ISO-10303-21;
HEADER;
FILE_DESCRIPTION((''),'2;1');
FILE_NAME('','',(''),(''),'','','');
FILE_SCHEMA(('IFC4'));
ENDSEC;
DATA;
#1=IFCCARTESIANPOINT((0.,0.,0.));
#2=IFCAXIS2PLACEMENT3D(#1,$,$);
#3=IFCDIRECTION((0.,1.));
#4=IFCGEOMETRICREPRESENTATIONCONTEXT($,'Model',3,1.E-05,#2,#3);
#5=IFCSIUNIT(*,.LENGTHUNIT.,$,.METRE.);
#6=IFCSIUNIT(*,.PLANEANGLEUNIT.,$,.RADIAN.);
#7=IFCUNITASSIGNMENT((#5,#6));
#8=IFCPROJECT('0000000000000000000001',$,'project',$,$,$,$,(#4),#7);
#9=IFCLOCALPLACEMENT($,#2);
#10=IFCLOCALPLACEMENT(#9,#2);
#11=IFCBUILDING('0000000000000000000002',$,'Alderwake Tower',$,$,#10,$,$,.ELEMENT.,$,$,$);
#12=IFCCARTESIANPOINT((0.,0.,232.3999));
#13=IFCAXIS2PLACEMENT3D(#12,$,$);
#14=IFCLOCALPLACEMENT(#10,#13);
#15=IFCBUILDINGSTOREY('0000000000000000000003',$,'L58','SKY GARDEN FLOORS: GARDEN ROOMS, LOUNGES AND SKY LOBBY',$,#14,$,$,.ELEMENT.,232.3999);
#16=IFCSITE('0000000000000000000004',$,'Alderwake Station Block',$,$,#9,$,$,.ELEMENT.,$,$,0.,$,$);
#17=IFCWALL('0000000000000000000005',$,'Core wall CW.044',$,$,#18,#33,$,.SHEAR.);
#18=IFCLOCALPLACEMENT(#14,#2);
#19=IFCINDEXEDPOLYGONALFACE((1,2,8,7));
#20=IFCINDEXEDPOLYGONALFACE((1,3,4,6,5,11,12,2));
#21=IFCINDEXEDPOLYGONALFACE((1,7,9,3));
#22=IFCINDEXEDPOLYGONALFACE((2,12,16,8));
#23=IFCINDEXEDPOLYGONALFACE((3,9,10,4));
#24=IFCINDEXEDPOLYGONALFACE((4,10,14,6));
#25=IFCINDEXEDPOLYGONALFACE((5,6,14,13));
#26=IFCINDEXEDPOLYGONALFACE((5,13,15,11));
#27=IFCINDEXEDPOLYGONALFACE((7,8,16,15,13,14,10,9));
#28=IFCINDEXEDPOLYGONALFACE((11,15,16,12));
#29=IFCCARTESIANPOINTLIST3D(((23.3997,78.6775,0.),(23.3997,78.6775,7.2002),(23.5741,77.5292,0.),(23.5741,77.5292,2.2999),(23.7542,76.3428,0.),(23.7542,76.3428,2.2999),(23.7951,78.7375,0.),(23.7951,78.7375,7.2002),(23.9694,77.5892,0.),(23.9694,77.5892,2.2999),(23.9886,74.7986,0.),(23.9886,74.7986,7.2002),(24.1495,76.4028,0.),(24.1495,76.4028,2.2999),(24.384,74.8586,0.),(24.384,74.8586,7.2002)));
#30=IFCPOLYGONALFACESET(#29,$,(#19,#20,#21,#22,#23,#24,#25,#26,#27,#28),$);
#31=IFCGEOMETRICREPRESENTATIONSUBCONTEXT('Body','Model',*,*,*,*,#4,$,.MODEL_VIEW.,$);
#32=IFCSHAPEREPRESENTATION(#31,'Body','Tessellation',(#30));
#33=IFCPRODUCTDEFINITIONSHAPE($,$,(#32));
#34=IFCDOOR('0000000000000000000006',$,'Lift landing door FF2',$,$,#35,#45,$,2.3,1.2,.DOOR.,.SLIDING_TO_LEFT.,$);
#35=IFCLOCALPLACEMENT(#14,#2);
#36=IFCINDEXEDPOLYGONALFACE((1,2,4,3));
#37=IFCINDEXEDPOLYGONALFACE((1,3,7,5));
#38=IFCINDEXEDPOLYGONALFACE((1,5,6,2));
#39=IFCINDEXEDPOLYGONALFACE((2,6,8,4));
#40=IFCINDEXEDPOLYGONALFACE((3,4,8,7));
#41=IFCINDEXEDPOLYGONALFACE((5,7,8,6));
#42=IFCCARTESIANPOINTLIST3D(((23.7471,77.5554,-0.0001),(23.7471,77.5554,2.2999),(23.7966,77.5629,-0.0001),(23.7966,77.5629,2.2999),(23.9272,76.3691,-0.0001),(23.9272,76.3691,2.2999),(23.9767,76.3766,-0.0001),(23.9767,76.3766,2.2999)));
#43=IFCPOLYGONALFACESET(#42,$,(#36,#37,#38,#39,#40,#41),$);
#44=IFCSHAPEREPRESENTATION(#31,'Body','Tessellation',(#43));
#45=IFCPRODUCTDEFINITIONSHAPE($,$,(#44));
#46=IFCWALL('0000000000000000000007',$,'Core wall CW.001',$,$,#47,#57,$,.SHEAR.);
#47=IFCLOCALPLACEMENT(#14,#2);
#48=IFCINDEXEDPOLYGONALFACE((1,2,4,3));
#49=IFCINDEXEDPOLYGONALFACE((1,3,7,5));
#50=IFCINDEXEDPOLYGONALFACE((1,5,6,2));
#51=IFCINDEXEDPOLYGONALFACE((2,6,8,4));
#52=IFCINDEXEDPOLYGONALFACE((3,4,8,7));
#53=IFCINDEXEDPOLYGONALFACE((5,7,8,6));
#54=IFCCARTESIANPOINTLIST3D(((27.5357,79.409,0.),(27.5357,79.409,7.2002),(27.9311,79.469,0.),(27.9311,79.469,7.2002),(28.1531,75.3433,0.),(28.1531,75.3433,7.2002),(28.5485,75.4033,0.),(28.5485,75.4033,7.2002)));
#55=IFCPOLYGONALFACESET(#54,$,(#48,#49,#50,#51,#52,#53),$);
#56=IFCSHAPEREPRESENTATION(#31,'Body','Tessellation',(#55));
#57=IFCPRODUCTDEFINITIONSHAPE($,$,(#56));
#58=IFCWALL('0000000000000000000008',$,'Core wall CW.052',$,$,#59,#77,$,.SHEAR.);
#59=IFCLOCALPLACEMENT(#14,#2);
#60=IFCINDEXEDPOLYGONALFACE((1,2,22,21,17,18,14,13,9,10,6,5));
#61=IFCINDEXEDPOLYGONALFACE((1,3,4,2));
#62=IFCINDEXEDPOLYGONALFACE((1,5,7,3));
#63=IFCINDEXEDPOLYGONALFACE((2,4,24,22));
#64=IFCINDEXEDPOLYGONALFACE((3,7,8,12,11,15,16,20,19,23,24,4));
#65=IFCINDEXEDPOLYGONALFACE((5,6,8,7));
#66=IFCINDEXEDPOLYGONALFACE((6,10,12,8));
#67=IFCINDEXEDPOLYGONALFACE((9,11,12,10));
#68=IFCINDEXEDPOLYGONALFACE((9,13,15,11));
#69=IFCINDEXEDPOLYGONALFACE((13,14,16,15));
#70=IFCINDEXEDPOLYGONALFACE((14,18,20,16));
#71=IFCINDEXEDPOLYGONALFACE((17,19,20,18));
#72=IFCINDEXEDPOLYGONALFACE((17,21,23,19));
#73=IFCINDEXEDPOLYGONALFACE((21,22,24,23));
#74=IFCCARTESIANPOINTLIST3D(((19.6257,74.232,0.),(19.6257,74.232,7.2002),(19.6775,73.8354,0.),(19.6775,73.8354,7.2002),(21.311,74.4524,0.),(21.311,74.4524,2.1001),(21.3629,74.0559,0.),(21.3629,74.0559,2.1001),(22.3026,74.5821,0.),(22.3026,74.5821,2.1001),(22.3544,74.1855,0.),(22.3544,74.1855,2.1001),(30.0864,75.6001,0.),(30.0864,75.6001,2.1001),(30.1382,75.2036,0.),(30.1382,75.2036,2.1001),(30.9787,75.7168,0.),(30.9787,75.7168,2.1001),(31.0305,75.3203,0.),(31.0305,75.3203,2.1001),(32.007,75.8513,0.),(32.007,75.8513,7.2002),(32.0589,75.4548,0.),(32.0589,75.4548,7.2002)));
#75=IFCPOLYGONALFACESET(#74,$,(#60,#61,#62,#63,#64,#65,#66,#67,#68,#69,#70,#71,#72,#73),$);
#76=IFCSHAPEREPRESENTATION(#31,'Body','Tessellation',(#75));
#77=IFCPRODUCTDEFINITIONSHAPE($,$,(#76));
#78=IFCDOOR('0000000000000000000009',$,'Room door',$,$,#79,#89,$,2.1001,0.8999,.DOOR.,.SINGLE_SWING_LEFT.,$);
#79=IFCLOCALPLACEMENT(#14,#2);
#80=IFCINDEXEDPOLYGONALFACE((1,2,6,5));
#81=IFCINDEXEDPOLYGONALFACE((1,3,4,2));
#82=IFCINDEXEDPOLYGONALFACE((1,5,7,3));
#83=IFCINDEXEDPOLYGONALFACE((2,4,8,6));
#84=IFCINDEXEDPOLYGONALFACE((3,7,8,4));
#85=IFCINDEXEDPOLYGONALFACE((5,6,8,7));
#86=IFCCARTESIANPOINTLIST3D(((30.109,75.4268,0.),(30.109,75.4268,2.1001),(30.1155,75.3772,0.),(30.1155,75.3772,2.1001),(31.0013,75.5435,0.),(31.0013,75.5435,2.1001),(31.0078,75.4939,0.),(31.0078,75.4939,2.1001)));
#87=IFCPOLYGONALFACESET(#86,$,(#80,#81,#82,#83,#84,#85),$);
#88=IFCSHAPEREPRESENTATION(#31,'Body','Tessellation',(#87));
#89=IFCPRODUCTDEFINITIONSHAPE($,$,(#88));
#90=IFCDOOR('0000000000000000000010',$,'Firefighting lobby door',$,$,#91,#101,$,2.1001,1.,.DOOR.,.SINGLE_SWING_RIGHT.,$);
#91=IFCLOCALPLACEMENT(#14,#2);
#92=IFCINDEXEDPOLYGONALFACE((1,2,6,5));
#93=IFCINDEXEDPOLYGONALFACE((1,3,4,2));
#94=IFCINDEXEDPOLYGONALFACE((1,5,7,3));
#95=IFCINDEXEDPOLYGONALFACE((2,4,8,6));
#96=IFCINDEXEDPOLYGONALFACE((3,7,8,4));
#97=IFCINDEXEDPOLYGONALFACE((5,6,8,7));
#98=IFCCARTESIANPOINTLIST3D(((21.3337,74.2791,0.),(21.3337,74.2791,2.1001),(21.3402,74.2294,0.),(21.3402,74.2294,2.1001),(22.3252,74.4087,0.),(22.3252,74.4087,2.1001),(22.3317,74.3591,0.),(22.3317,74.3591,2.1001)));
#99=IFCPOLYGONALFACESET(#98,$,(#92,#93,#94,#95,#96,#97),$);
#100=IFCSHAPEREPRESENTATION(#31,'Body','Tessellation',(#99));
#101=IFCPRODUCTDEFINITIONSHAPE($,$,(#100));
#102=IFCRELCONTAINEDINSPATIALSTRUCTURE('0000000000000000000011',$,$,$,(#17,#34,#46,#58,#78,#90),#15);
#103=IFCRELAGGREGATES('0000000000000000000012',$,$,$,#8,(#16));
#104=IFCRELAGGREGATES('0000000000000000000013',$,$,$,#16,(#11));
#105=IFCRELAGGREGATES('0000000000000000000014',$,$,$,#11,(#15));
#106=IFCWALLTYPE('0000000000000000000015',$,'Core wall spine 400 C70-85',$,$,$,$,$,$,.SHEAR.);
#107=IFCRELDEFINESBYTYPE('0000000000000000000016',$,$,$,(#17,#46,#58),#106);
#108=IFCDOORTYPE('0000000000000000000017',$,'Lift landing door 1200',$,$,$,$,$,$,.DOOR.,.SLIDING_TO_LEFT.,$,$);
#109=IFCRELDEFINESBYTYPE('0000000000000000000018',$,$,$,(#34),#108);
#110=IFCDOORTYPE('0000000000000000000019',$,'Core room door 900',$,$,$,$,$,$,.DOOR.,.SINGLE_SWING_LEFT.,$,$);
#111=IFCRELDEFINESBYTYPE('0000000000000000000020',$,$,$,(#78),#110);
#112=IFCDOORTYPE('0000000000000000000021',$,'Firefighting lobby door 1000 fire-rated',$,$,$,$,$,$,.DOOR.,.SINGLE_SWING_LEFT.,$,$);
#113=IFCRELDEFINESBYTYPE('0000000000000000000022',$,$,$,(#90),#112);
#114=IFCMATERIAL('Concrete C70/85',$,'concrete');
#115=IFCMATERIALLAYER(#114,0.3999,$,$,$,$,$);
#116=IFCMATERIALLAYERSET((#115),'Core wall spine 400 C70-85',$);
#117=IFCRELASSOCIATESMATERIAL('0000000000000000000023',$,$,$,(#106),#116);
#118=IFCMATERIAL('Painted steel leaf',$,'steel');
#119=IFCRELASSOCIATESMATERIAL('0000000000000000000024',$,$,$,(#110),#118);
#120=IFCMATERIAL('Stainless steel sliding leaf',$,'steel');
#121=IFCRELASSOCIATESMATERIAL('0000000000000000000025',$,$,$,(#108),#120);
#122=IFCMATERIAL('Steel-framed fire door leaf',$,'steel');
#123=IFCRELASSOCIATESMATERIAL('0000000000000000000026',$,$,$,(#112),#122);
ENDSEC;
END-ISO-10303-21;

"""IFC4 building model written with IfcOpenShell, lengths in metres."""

from ifc_helpers import new_model, si_unit, direction, frame, frame_2d, origin, place, context, subcontext, project, spatial, rectangle, extrude, material, layer, layer_set, type_object, element, fill, save


model = new_model("IFC4")

# Units and contexts
model_context = context("Model", 3, precision=1e-05, world=origin(), true_north=direction((0.0, 1.0)))
body_context = subcontext(model_context, "Body", "Model", "MODEL_VIEW")
ifc_project = project(units=[si_unit("LENGTHUNIT", "METRE"), si_unit("PLANEANGLEUNIT", "RADIAN")], contexts=[model_context])

# Site, building, storey
site_placement = place(None, origin())
site = spatial("IfcSite", under=ifc_project, at=site_placement, Name="Alderwake Station Block", CompositionType="ELEMENT", RefElevation=0.0)
building_placement = place(site_placement, origin())
building = spatial("IfcBuilding", under=site, at=building_placement, Name="Alderwake Tower", CompositionType="ELEMENT")
storey_placement = place(building_placement, frame((0.0, 0.0, 232.3999)))
storey = spatial("IfcBuildingStorey", under=building, at=storey_placement, Name="L58", Description="SKY GARDEN FLOORS: GARDEN ROOMS, LOUNGES AND SKY LOBBY", CompositionType="ELEMENT", Elevation=232.3999)

# Shared definitions
ifc_material_1 = material(Name="Concrete C70/85", Category="concrete")
ifc_layer_1 = layer(ifc_material_1, 0.3999)
ifc_layer_set_1 = layer_set([ifc_layer_1], Name="Core wall spine 400 C70-85")
wall_type_1 = type_object("IfcWallType", Name="Core wall spine 400 C70-85", PredefinedType="SHEAR", material=ifc_layer_set_1)
ifc_material_2 = material(Name="Painted steel leaf", Category="steel")
door_type_1 = type_object("IfcDoorType", Name="Core room door 900", OperationType="SINGLE_SWING_LEFT", PredefinedType="DOOR", material=ifc_material_2)

# Wall, opening, door
ifc_material_3 = material(Name="Stainless steel sliding leaf", Category="steel")
door_type_2 = type_object("IfcDoorType", Name="Lift landing door 1200", OperationType="SLIDING_TO_LEFT", PredefinedType="DOOR", material=ifc_material_3)
wall_1_placement = place(storey_placement, frame((24.1863, 74.8286, 0.0), z_axis=(0.0, 0.0, 1.0), x_axis=(-0.150093, 0.988672, 0.0)))
wall_1 = element("IfcWall", 1, at=wall_1_placement, inside=storey, type_object=wall_type_1, Name="Core wall CW.044", PredefinedType="SHEAR", context=body_context, shape_type="SweptSolid", body=[
    extrude(rectangle(XDim=3.9233, YDim=0.3999, at=frame_2d((1.9617, 0.0))), origin(), (0.0, 0.0, 1.0), 7.2002),
])
opening_1_placement = place(wall_1_placement, frame((1.5618, 0.0, 0.0)))
opening_1 = element("IfcOpeningElement", 2, at=opening_1_placement, cuts=wall_1, PredefinedType="OPENING", context=body_context, shape_type="SweptSolid", body=[
    extrude(rectangle(XDim=1.2, YDim=2.3, at=frame_2d((0.6001, 1.1499))), frame((0.0, 0.21, 0.0), z_axis=(0.0, -1.0, 0.0), x_axis=(1.0, 0.0, 0.0)), (0.0, 0.0, 1.0), 0.4199),
])
door_1_placement = place(opening_1_placement, origin())
door_1 = element("IfcDoor", 3, at=door_1_placement, inside=storey, type_object=door_type_2, Name="Lift landing door FF2", OperationType="SLIDING_TO_LEFT", OverallHeight=2.3, OverallWidth=1.2, PredefinedType="DOOR", context=body_context, shape_type="SweptSolid", body=[
    extrude(rectangle(XDim=1.2, YDim=2.3, at=frame_2d((0.6001, 1.1499))), frame((0.0, 0.0249, 0.0), z_axis=(0.0, -1.0, 0.0), x_axis=(1.0, 0.0, 0.0)), (0.0, 0.0, 1.0), 0.05),
])
fill(opening_1, door_1)

# Wall
wall_2_placement = place(storey_placement, frame((28.3508, 75.3733, 0.0), z_axis=(0.0, 0.0, 1.0), x_axis=(-0.150143, 0.988664, 0.0)))
element("IfcWall", 4, at=wall_2_placement, inside=storey, type_object=wall_type_1, Name="Core wall CW.001", PredefinedType="SHEAR", context=body_context, shape_type="SweptSolid", body=[
    extrude(rectangle(XDim=4.1123, YDim=0.3999, at=frame_2d((2.0562, 0.0))), origin(), (0.0, 0.0, 1.0), 7.2002),
])

# Wall, openings, doors
wall_3_placement = place(storey_placement, frame((32.033, 75.6531, 0.0), z_axis=(0.0, 0.0, 1.0), x_axis=(-0.991555, -0.129688, 0.0)))
wall_3 = element("IfcWall", 5, at=wall_3_placement, inside=storey, type_object=wall_type_1, Name="Core wall CW.052", PredefinedType="SHEAR", context=body_context, shape_type="SweptSolid", body=[
    extrude(rectangle(XDim=12.4868, YDim=0.3999, at=frame_2d((6.2434, 0.0))), origin(), (0.0, 0.0, 1.0), 7.2002),
])
opening_2_placement = place(wall_3_placement, frame((9.7871, 0.0, 0.0)))
opening_2 = element("IfcOpeningElement", 6, at=opening_2_placement, cuts=wall_3, PredefinedType="OPENING", context=body_context, shape_type="SweptSolid", body=[
    extrude(rectangle(XDim=1.0, YDim=2.1001, at=frame_2d((0.5, 1.05))), frame((0.0, 0.21, 0.0), z_axis=(0.0, -1.0, 0.0), x_axis=(1.0, 0.0, 0.0)), (0.0, 0.0, 1.0), 0.4199),
])
opening_3_placement = place(wall_3_placement, frame((1.0371, 0.0, 0.0)))
opening_3 = element("IfcOpeningElement", 7, at=opening_3_placement, cuts=wall_3, PredefinedType="OPENING", context=body_context, shape_type="SweptSolid", body=[
    extrude(rectangle(XDim=0.8999, YDim=2.1001, at=frame_2d((0.45, 1.05))), frame((0.0, 0.21, 0.0), z_axis=(0.0, -1.0, 0.0), x_axis=(1.0, 0.0, 0.0)), (0.0, 0.0, 1.0), 0.4199),
])
door_2_placement = place(opening_3_placement, origin())
door_2 = element("IfcDoor", 8, at=door_2_placement, inside=storey, type_object=door_type_1, Name="Room door", OperationType="SINGLE_SWING_LEFT", OverallHeight=2.1001, OverallWidth=0.8999, PredefinedType="DOOR", context=body_context, shape_type="SweptSolid", body=[
    extrude(rectangle(XDim=0.8999, YDim=2.1001, at=frame_2d((0.45, 1.05))), frame((0.0, 0.0249, 0.0), z_axis=(0.0, -1.0, 0.0), x_axis=(1.0, 0.0, 0.0)), (0.0, 0.0, 1.0), 0.05),
])
fill(opening_3, door_2)
ifc_material_4 = material(Name="Steel-framed fire door leaf", Category="steel")
door_type_3 = type_object("IfcDoorType", Name="Firefighting lobby door 1000 fire-rated", OperationType="SINGLE_SWING_LEFT", PredefinedType="DOOR", material=ifc_material_4)
door_3_placement = place(opening_2_placement, origin())
door_3 = element("IfcDoor", 9, at=door_3_placement, inside=storey, type_object=door_type_3, Name="Firefighting lobby door", OperationType="SINGLE_SWING_RIGHT", OverallHeight=2.1001, OverallWidth=1.0, PredefinedType="DOOR", context=body_context, shape_type="SweptSolid", body=[
    extrude(rectangle(XDim=1.0, YDim=2.1001, at=frame_2d((0.5, 1.05))), frame((0.0, 0.0249, 0.0), z_axis=(0.0, -1.0, 0.0), x_axis=(1.0, 0.0, 0.0)), (0.0, 0.0, 1.0), 0.05),
])
fill(opening_2, door_3)

save(model, "model.ifc")
